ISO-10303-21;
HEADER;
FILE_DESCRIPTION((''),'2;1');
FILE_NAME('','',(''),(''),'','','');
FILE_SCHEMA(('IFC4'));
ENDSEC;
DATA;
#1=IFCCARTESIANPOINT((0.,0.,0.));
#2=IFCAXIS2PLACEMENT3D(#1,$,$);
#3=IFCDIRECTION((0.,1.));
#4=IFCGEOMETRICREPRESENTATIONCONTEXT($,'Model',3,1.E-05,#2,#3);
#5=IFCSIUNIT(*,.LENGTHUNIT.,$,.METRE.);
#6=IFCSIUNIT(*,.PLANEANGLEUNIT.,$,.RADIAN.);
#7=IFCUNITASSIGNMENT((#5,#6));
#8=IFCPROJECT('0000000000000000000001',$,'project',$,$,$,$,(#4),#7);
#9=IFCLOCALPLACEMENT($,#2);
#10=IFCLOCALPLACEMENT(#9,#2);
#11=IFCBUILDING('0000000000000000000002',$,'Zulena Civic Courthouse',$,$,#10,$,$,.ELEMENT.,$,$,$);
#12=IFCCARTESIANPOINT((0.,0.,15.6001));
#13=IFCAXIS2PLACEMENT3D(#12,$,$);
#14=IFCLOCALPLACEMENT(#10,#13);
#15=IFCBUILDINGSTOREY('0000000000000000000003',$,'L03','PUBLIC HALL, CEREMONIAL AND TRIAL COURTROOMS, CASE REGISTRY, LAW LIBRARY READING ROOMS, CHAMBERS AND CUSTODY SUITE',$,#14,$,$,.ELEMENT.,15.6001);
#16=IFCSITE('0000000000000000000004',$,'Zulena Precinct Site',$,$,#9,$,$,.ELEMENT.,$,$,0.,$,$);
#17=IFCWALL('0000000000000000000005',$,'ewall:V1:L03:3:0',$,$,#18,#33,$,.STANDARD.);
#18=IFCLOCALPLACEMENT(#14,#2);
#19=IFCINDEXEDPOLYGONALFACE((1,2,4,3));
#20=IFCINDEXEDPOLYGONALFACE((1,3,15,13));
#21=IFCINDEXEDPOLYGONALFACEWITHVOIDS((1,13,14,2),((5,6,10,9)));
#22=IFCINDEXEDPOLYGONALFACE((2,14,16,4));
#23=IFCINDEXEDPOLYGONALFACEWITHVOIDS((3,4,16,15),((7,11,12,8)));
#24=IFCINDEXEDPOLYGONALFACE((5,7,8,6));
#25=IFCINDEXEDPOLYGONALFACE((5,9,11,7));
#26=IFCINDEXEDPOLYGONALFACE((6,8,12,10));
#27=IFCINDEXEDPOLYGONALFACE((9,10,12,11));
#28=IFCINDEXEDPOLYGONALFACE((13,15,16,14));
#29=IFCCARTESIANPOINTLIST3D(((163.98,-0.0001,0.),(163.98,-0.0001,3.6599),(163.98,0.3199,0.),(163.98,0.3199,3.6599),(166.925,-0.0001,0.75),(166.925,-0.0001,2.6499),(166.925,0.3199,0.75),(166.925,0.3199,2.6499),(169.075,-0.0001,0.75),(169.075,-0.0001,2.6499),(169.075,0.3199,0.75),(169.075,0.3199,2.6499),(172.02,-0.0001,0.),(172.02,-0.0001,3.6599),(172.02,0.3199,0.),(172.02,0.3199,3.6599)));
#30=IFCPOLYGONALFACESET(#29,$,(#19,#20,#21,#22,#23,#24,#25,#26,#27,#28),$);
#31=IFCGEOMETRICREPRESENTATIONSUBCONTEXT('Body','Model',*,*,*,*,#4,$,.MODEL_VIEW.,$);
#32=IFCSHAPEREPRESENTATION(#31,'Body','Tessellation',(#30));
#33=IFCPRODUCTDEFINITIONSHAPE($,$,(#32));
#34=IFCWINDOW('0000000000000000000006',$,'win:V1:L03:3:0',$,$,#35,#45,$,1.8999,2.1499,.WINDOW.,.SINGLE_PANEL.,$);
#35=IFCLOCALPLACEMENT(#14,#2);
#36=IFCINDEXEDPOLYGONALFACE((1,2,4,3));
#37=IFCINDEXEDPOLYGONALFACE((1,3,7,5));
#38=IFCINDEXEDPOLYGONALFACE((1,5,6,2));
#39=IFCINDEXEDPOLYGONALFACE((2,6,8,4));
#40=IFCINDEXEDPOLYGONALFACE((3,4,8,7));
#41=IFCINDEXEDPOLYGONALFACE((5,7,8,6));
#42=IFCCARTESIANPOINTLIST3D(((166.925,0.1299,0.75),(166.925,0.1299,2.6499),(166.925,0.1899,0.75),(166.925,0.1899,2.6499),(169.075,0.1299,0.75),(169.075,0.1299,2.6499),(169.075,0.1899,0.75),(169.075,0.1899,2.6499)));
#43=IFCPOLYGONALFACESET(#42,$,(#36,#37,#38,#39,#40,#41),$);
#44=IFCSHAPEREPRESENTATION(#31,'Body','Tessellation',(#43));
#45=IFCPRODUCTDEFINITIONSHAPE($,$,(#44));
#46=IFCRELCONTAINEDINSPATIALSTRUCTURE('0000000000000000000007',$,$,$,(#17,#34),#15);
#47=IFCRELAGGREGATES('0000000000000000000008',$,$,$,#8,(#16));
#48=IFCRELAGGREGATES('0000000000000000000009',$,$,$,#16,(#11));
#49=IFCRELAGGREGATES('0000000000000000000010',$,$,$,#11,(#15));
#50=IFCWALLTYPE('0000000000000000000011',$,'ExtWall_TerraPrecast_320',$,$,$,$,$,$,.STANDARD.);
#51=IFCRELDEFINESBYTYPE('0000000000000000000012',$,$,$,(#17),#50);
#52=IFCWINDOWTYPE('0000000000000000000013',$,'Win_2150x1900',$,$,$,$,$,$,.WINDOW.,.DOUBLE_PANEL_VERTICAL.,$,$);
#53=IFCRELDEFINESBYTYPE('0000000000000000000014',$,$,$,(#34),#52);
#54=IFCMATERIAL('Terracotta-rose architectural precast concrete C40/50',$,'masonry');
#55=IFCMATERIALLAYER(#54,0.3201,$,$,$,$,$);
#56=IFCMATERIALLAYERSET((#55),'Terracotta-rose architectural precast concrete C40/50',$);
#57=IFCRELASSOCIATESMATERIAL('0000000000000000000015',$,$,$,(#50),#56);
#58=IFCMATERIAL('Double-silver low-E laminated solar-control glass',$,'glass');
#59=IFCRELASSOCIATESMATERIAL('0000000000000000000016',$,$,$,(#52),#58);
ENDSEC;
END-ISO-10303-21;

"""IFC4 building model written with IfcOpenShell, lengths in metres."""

from ifc_helpers import new_model, si_unit, direction, frame, frame_2d, origin, place, context, subcontext, project, spatial, rectangle, extrude, material, layer, layer_set, type_object, element, fill, save


model = new_model("IFC4")

# Units and contexts
model_context = context("Model", 3, precision=1e-05, world=origin(), true_north=direction((0.0, 1.0)))
body_context = subcontext(model_context, "Body", "Model", "MODEL_VIEW")
ifc_project = project(units=[si_unit("LENGTHUNIT", "METRE"), si_unit("PLANEANGLEUNIT", "RADIAN")], contexts=[model_context])

# Site, building, storey
site_placement = place(None, origin())
site = spatial("IfcSite", under=ifc_project, at=site_placement, Name="Zulena Precinct Site", CompositionType="ELEMENT", RefElevation=0.0)
building_placement = place(site_placement, origin())
building = spatial("IfcBuilding", under=site, at=building_placement, Name="Zulena Civic Courthouse", CompositionType="ELEMENT")
storey_placement = place(building_placement, frame((0.0, 0.0, 15.6001)))
storey = spatial("IfcBuildingStorey", under=building, at=storey_placement, Name="L03", Description="PUBLIC HALL, CEREMONIAL AND TRIAL COURTROOMS, CASE REGISTRY, LAW LIBRARY READING ROOMS, CHAMBERS AND CUSTODY SUITE", CompositionType="ELEMENT", Elevation=15.6001)

# Shared definitions
ifc_material_1 = material(Name="Double-silver low-E laminated solar-control glass", Category="glass")

# Wall, opening, window
ifc_material_2 = material(Name="Terracotta-rose architectural precast concrete C40/50", Category="masonry")
ifc_layer_1 = layer(ifc_material_2, 0.3201)
ifc_layer_set_1 = layer_set([ifc_layer_1], Name="Terracotta-rose architectural precast concrete C40/50")
wall_type = type_object("IfcWallType", Name="ExtWall_TerraPrecast_320", PredefinedType="STANDARD", material=ifc_layer_set_1)
wall_placement = place(storey_placement, frame((172.02, 0.1599, 0.0), z_axis=(0.0, 0.0, 1.0), x_axis=(-1.0, 0.0, 0.0)))
wall = element("IfcWall", 1, at=wall_placement, inside=storey, type_object=wall_type, Name="ewall:V1:L03:3:0", PredefinedType="STANDARD", context=body_context, shape_type="SweptSolid", body=[
    extrude(rectangle(XDim=8.04, YDim=0.3201, at=frame_2d((4.02, 0.0))), origin(), (0.0, 0.0, 1.0), 3.6599),
])
opening_placement = place(wall_placement, frame((2.9451, 0.0, 0.75)))
opening = element("IfcOpeningElement", 2, at=opening_placement, cuts=wall, PredefinedType="OPENING", context=body_context, shape_type="SweptSolid", body=[
    extrude(rectangle(XDim=2.1499, YDim=1.8999, at=frame_2d((1.075, 0.95))), frame((0.0, 0.1699, 0.0), z_axis=(0.0, -1.0, 0.0), x_axis=(1.0, 0.0, 0.0)), (0.0, 0.0, 1.0), 0.3401),
])
window_type = type_object("IfcWindowType", Name="Win_2150x1900", PartitioningType="DOUBLE_PANEL_VERTICAL", PredefinedType="WINDOW", material=ifc_material_1)
window_placement = place(opening_placement, origin())
window = element("IfcWindow", 3, at=window_placement, inside=storey, type_object=window_type, Name="win:V1:L03:3:0", OverallHeight=1.8999, OverallWidth=2.1499, PartitioningType="SINGLE_PANEL", PredefinedType="WINDOW", context=body_context, shape_type="SweptSolid", body=[
    extrude(rectangle(XDim=2.1499, YDim=1.8999, at=frame_2d((1.075, 0.95))), frame((0.0, 0.03, 0.0), z_axis=(0.0, -1.0, 0.0), x_axis=(1.0, 0.0, 0.0)), (0.0, 0.0, 1.0), 0.0601),
])
fill(opening, window)

save(model, "model.ifc")
